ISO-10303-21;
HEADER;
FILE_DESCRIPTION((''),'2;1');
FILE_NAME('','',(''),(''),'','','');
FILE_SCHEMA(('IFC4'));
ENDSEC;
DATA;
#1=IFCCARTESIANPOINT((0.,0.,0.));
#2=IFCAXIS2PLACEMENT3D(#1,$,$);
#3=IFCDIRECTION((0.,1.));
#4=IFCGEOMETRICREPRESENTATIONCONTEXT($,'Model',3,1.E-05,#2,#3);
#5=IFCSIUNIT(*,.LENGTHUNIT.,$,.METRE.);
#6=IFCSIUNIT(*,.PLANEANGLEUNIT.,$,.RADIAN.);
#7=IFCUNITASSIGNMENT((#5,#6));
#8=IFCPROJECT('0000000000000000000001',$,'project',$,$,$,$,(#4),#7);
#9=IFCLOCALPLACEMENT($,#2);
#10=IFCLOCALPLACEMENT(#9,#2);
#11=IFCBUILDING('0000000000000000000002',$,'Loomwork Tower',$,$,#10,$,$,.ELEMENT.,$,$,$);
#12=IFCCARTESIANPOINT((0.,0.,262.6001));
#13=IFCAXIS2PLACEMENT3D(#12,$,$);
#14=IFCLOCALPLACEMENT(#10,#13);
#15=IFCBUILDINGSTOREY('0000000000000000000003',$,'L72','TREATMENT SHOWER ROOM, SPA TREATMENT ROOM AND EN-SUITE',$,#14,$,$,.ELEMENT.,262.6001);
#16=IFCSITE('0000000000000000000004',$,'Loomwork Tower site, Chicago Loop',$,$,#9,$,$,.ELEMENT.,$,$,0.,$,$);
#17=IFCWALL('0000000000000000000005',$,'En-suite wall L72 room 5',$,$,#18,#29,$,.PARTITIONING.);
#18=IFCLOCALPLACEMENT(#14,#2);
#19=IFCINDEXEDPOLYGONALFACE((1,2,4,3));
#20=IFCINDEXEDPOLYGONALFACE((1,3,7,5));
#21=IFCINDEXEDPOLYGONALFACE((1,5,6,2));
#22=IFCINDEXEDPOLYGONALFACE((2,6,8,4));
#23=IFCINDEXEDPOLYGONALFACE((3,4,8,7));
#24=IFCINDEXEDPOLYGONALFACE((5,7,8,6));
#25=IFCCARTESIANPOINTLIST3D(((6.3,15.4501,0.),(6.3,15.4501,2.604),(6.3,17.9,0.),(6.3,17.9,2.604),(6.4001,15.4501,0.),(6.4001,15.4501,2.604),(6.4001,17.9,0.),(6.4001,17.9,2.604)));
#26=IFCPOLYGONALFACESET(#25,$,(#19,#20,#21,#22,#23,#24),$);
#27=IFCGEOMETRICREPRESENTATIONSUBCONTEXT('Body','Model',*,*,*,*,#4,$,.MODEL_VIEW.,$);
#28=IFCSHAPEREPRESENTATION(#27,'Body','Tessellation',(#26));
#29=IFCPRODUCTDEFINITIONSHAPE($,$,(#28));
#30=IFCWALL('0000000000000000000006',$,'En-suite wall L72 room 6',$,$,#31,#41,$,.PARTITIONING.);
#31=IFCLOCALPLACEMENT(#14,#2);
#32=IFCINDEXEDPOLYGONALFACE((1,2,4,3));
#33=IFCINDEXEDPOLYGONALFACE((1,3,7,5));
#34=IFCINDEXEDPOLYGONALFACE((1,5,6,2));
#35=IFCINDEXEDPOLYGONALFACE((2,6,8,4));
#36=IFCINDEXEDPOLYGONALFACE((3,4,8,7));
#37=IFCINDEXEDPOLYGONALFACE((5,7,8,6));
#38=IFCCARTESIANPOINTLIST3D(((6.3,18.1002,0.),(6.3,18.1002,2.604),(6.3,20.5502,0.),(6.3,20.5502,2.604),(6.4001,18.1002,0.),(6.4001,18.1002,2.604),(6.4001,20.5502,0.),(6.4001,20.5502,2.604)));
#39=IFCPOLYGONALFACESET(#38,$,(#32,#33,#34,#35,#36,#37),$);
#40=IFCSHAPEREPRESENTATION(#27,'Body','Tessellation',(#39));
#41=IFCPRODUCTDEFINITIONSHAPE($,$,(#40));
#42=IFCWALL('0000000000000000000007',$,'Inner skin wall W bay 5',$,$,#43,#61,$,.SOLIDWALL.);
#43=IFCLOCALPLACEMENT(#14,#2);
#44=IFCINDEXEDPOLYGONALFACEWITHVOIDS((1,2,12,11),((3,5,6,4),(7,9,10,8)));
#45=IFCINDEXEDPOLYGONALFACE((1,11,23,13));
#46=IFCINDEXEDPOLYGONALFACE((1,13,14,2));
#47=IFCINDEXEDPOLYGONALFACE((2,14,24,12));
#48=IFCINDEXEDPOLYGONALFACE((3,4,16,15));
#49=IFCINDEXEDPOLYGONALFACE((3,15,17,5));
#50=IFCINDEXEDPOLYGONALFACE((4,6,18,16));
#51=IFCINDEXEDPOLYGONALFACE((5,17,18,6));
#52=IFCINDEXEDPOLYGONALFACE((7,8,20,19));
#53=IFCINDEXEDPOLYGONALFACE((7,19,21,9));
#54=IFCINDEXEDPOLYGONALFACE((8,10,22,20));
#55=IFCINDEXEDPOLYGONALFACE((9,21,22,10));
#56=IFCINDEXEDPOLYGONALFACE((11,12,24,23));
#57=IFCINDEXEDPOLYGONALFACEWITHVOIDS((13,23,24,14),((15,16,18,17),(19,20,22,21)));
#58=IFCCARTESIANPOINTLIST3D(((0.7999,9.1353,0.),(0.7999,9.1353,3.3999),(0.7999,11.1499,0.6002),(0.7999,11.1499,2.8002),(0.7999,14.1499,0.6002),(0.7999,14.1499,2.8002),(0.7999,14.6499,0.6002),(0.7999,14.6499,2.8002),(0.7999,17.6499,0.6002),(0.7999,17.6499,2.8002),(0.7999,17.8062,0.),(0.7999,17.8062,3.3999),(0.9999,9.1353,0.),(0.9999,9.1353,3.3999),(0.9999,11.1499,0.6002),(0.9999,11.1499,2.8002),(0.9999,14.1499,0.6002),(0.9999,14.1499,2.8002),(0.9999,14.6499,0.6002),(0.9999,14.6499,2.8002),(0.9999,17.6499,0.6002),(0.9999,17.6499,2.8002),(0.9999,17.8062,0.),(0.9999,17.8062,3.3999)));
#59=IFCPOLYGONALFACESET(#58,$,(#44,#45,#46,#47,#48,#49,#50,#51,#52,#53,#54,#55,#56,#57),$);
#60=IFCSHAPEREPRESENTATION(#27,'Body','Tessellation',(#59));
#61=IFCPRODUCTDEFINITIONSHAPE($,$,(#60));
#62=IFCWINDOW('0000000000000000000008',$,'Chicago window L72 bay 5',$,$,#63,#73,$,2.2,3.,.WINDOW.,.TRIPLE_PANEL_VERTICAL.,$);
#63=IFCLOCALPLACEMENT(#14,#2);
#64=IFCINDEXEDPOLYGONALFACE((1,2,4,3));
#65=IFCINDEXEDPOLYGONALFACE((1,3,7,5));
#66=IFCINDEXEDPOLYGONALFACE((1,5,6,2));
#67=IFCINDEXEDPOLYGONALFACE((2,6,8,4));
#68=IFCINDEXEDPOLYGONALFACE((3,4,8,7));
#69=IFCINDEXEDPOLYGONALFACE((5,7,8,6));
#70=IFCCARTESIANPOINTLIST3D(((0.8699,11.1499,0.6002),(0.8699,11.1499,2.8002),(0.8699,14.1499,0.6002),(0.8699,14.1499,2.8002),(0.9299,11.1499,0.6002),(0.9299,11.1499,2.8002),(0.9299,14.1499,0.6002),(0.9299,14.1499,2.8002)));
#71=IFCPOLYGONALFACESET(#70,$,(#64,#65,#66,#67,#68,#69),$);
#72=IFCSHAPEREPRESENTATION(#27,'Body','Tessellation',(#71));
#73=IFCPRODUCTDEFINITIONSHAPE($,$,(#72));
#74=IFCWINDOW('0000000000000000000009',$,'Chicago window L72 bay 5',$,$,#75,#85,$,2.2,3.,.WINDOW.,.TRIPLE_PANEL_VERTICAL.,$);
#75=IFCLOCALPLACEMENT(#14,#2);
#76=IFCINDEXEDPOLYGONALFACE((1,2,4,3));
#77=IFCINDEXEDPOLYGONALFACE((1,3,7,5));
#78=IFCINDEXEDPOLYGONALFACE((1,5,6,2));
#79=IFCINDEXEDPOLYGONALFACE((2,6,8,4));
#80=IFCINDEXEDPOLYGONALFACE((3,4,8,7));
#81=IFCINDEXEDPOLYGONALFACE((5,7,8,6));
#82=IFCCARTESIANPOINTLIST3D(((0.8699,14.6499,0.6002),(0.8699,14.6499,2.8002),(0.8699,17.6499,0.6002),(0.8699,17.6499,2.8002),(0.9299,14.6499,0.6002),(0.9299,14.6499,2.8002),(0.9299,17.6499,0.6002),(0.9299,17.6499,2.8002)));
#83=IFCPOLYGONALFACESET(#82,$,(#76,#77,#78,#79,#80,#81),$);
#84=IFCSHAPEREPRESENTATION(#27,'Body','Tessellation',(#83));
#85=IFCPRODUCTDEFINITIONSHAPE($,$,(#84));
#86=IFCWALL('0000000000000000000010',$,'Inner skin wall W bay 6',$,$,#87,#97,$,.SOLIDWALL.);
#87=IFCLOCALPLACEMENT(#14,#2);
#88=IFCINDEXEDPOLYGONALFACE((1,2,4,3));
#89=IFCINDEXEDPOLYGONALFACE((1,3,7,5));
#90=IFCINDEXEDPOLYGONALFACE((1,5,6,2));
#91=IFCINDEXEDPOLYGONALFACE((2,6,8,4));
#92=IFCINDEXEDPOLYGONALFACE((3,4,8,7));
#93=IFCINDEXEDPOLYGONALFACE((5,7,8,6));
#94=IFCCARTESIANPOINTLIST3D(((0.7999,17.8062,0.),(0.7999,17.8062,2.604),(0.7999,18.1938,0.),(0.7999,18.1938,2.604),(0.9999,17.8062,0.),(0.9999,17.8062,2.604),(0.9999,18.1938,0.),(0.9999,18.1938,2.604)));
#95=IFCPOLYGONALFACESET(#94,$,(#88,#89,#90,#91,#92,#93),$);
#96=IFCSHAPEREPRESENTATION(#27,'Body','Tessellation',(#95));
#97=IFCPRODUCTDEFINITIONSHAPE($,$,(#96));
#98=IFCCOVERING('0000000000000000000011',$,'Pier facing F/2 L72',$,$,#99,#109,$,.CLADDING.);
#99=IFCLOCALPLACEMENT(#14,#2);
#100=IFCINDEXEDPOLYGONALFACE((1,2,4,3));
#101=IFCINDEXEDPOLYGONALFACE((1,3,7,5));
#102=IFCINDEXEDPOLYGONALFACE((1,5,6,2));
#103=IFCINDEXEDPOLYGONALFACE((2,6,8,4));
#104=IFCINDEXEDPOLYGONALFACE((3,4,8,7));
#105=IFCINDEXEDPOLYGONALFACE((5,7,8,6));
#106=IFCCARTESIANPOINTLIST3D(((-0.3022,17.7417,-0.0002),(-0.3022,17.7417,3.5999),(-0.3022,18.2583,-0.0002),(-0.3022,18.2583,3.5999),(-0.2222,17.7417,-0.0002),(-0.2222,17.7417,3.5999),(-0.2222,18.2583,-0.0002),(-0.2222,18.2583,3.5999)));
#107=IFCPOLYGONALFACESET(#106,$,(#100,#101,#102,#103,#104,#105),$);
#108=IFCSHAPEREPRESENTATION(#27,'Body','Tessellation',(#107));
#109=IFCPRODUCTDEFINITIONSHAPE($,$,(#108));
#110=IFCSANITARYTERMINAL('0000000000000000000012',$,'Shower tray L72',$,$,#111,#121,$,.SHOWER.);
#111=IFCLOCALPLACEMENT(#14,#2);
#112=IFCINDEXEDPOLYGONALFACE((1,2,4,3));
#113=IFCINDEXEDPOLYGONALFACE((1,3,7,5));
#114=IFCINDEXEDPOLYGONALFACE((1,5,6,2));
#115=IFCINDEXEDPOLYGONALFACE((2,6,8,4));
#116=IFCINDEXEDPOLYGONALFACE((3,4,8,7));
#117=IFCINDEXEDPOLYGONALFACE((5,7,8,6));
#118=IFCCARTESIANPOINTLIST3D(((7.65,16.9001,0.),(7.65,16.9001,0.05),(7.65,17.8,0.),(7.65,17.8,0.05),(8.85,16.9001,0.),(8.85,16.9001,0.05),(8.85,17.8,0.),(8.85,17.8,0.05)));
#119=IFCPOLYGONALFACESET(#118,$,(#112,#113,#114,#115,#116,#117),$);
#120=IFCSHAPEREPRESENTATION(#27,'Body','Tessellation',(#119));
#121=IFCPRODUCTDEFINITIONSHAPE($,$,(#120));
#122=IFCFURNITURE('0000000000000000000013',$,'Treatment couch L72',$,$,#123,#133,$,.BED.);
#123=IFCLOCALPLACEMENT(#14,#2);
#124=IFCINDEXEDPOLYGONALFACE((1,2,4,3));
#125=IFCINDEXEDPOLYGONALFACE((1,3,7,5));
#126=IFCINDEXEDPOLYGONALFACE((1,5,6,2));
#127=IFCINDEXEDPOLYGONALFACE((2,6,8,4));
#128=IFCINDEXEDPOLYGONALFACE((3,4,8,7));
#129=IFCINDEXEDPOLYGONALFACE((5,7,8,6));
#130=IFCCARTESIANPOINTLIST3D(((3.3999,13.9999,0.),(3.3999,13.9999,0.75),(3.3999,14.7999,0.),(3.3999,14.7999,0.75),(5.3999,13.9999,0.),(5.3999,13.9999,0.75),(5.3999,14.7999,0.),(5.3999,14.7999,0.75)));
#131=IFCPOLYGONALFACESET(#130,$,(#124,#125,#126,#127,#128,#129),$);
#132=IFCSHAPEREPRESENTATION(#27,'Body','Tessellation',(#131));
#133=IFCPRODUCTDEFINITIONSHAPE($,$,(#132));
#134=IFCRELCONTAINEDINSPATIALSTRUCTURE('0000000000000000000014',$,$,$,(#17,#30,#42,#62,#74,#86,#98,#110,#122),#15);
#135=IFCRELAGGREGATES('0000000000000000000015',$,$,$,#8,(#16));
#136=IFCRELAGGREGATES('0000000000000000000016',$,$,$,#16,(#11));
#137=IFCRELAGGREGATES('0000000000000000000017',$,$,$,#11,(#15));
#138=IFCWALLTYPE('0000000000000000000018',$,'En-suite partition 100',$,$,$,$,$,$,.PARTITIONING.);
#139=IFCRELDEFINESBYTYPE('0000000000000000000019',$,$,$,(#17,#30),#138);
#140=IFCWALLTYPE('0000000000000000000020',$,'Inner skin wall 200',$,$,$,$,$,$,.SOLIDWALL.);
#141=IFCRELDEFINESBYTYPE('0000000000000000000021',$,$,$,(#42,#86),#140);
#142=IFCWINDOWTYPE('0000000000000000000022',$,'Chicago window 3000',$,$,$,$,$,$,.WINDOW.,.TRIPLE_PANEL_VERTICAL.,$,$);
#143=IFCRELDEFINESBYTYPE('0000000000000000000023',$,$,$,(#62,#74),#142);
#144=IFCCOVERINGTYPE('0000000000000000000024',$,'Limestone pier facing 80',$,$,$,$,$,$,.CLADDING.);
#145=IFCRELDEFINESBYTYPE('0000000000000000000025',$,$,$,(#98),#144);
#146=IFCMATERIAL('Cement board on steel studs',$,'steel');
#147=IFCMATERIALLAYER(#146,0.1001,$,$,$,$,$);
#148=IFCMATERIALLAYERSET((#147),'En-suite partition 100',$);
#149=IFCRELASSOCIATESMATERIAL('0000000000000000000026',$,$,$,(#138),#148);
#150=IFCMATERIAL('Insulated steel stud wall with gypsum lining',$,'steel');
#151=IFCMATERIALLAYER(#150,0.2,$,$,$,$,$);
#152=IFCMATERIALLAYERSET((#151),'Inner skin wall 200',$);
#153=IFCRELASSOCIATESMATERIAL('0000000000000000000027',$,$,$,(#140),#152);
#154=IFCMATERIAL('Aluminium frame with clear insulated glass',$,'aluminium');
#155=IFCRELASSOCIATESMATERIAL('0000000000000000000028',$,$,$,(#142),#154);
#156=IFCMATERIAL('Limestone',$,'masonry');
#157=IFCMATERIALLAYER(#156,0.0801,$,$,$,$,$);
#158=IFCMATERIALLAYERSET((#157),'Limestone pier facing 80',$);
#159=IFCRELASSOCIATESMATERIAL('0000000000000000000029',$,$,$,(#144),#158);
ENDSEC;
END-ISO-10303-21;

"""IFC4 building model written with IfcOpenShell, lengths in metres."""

from ifc_helpers import new_model, si_unit, direction, frame, frame_2d, origin, origin_2d, place, context, subcontext, project, spatial, rectangle, extrude, material, layer, layer_set, type_object, element, fill, save


model = new_model("IFC4")

# Units and contexts
model_context = context("Model", 3, precision=1e-05, world=origin(), true_north=direction((0.0, 1.0)))
body_context = subcontext(model_context, "Body", "Model", "MODEL_VIEW")
ifc_project = project(units=[si_unit("LENGTHUNIT", "METRE"), si_unit("PLANEANGLEUNIT", "RADIAN")], contexts=[model_context])

# Site, building, storey
site_placement = place(None, origin())
site = spatial("IfcSite", under=ifc_project, at=site_placement, Name="Loomwork Tower site, Chicago Loop", CompositionType="ELEMENT", RefElevation=0.0)
building_placement = place(site_placement, origin())
building = spatial("IfcBuilding", under=site, at=building_placement, Name="Loomwork Tower", CompositionType="ELEMENT")
storey_placement = place(building_placement, frame((0.0, 0.0, 262.6001)))
storey = spatial("IfcBuildingStorey", under=building, at=storey_placement, Name="L72", Description="TREATMENT SHOWER ROOM, SPA TREATMENT ROOM AND EN-SUITE", CompositionType="ELEMENT", Elevation=262.6001)

# Walls
ifc_material_1 = material(Name="Cement board on steel studs", Category="steel")
ifc_layer_1 = layer(ifc_material_1, 0.1001)
ifc_layer_set_1 = layer_set([ifc_layer_1], Name="En-suite partition 100")
wall_type_1 = type_object("IfcWallType", Name="En-suite partition 100", PredefinedType="PARTITIONING", material=ifc_layer_set_1)
for number, where, z_axis, x_axis, name in (
    (1, (6.3501, 15.45, 0.0), (0.0, 0.0, 1.0), (0.0, 1.0, 0.0), "En-suite wall L72 room 5"),
    (2, (6.3501, 18.1001, 0.0), (0.0, 0.0, 1.0), (0.0, 1.0, 0.0), "En-suite wall L72 room 6"),
):
    element("IfcWall", number, at=place(storey_placement, frame(where, z_axis=z_axis, x_axis=x_axis)), inside=storey, type_object=wall_type_1, Name=name, PredefinedType="PARTITIONING", context=body_context, shape_type="SweptSolid", body=[
        extrude(rectangle(XDim=2.45, YDim=0.1001, at=frame_2d((1.2251, 0.0))), origin(), (0.0, 0.0, 1.0), 2.604),
    ])

# Wall, openings, windows
ifc_material_2 = material(Name="Insulated steel stud wall with gypsum lining", Category="steel")
ifc_layer_2 = layer(ifc_material_2, 0.2)
ifc_layer_set_2 = layer_set([ifc_layer_2], Name="Inner skin wall 200")
wall_type_2 = type_object("IfcWallType", Name="Inner skin wall 200", PredefinedType="SOLIDWALL", material=ifc_layer_set_2)
wall_1_placement = place(storey_placement, frame((0.8999, 9.1353, 0.0), z_axis=(0.0, 0.0, 1.0), x_axis=(0.0, 1.0, 0.0)))
wall_1 = element("IfcWall", 3, at=wall_1_placement, inside=storey, type_object=wall_type_2, Name="Inner skin wall W bay 5", PredefinedType="SOLIDWALL", context=body_context, shape_type="SweptSolid", body=[
    extrude(rectangle(XDim=8.6709, YDim=0.2, at=frame_2d((4.3354, 0.0))), origin(), (0.0, 0.0, 1.0), 3.3999),
])
opening_1_placement = place(wall_1_placement, frame((2.0146, 0.0, 0.6001)))
opening_1 = element("IfcOpeningElement", 4, at=opening_1_placement, cuts=wall_1, PredefinedType="OPENING", context=body_context, shape_type="SweptSolid", body=[
    extrude(rectangle(XDim=3.0, YDim=2.2, at=frame_2d((1.5, 1.1001))), frame((0.0, 0.1099, 0.0), z_axis=(0.0, -1.0, 0.0), x_axis=(1.0, 0.0, 0.0)), (0.0, 0.0, 1.0), 0.22),
])
opening_2_placement = place(wall_1_placement, frame((5.5146, 0.0, 0.6001)))
opening_2 = element("IfcOpeningElement", 5, at=opening_2_placement, cuts=wall_1, PredefinedType="OPENING", context=body_context, shape_type="SweptSolid", body=[
    extrude(rectangle(XDim=3.0, YDim=2.2, at=frame_2d((1.5, 1.1001))), frame((0.0, 0.1099, 0.0), z_axis=(0.0, -1.0, 0.0), x_axis=(1.0, 0.0, 0.0)), (0.0, 0.0, 1.0), 0.22),
])
ifc_material_3 = material(Name="Aluminium frame with clear insulated glass", Category="aluminium")
window_type = type_object("IfcWindowType", Name="Chicago window 3000", PartitioningType="TRIPLE_PANEL_VERTICAL", PredefinedType="WINDOW", material=ifc_material_3)
window_1_placement = place(opening_1_placement, origin())
window_1 = element("IfcWindow", 6, at=window_1_placement, inside=storey, type_object=window_type, Name="Chicago window L72 bay 5", OverallHeight=2.2, OverallWidth=3.0, PartitioningType="TRIPLE_PANEL_VERTICAL", PredefinedType="WINDOW", context=body_context, shape_type="SweptSolid", body=[
    extrude(rectangle(XDim=3.0, YDim=2.2, at=frame_2d((1.5, 1.1001))), frame((0.0, 0.03, 0.0), z_axis=(0.0, -1.0, 0.0), x_axis=(1.0, 0.0, 0.0)), (0.0, 0.0, 1.0), 0.0601),
])
fill(opening_1, window_1)
window_2_placement = place(opening_2_placement, origin())
window_2 = element("IfcWindow", 7, at=window_2_placement, inside=storey, type_object=window_type, Name="Chicago window L72 bay 5", OverallHeight=2.2, OverallWidth=3.0, PartitioningType="TRIPLE_PANEL_VERTICAL", PredefinedType="WINDOW", context=body_context, shape_type="SweptSolid", body=[
    extrude(rectangle(XDim=3.0, YDim=2.2, at=frame_2d((1.5, 1.1001))), frame((0.0, 0.03, 0.0), z_axis=(0.0, -1.0, 0.0), x_axis=(1.0, 0.0, 0.0)), (0.0, 0.0, 1.0), 0.0601),
])
fill(opening_2, window_2)

# Wall
wall_2_placement = place(storey_placement, frame((0.8999, 17.8062, 0.0), z_axis=(0.0, 0.0, 1.0), x_axis=(0.0, 1.0, 0.0)))
element("IfcWall", 8, at=wall_2_placement, inside=storey, type_object=wall_type_2, Name="Inner skin wall W bay 6", PredefinedType="SOLIDWALL", context=body_context, shape_type="SweptSolid", body=[
    extrude(rectangle(XDim=0.3877, YDim=0.2, at=frame_2d((0.1938, 0.0))), origin(), (0.0, 0.0, 1.0), 2.604),
])

# Covering
ifc_material_4 = material(Name="Limestone", Category="masonry")
ifc_layer_3 = layer(ifc_material_4, 0.0801)
ifc_layer_set_3 = layer_set([ifc_layer_3], Name="Limestone pier facing 80")
covering_type = type_object("IfcCoveringType", Name="Limestone pier facing 80", PredefinedType="CLADDING", material=ifc_layer_set_3)
covering_placement = place(storey_placement, frame((-0.2622, 18.0, -0.0002), z_axis=(0.0, 0.0, 1.0), x_axis=(1.0, 0.0, 0.0)))
element("IfcCovering", 9, at=covering_placement, inside=storey, type_object=covering_type, Name="Pier facing F/2 L72", PredefinedType="CLADDING", context=body_context, shape_type="SweptSolid", body=[
    extrude(rectangle(XDim=0.0801, YDim=0.5166, at=origin_2d()), origin(), (0.0, 0.0, 1.0), 3.6001),
])

# Sanitary terminal
sanitary_terminal_placement = place(storey_placement, frame((8.25, 17.3501, 0.0), z_axis=(0.0, 0.0, 1.0), x_axis=(1.0, 0.0, 0.0)))
element("IfcSanitaryTerminal", 10, at=sanitary_terminal_placement, inside=storey, Name="Shower tray L72", PredefinedType="SHOWER", context=body_context, shape_type="SweptSolid", body=[
    extrude(rectangle(XDim=1.2, YDim=0.8999, at=origin_2d()), origin(), (0.0, 0.0, 1.0), 0.05),
])

# Furniture
furniture_placement = place(storey_placement, frame((4.3999, 14.3999, 0.0), z_axis=(0.0, 0.0, 1.0), x_axis=(1.0, 0.0, 0.0)))
element("IfcFurniture", 11, at=furniture_placement, inside=storey, Name="Treatment couch L72", PredefinedType="BED", context=body_context, shape_type="SweptSolid", body=[
    extrude(rectangle(XDim=2.0, YDim=0.8, at=origin_2d()), origin(), (0.0, 0.0, 1.0), 0.75),
])

save(model, "model.ifc")
